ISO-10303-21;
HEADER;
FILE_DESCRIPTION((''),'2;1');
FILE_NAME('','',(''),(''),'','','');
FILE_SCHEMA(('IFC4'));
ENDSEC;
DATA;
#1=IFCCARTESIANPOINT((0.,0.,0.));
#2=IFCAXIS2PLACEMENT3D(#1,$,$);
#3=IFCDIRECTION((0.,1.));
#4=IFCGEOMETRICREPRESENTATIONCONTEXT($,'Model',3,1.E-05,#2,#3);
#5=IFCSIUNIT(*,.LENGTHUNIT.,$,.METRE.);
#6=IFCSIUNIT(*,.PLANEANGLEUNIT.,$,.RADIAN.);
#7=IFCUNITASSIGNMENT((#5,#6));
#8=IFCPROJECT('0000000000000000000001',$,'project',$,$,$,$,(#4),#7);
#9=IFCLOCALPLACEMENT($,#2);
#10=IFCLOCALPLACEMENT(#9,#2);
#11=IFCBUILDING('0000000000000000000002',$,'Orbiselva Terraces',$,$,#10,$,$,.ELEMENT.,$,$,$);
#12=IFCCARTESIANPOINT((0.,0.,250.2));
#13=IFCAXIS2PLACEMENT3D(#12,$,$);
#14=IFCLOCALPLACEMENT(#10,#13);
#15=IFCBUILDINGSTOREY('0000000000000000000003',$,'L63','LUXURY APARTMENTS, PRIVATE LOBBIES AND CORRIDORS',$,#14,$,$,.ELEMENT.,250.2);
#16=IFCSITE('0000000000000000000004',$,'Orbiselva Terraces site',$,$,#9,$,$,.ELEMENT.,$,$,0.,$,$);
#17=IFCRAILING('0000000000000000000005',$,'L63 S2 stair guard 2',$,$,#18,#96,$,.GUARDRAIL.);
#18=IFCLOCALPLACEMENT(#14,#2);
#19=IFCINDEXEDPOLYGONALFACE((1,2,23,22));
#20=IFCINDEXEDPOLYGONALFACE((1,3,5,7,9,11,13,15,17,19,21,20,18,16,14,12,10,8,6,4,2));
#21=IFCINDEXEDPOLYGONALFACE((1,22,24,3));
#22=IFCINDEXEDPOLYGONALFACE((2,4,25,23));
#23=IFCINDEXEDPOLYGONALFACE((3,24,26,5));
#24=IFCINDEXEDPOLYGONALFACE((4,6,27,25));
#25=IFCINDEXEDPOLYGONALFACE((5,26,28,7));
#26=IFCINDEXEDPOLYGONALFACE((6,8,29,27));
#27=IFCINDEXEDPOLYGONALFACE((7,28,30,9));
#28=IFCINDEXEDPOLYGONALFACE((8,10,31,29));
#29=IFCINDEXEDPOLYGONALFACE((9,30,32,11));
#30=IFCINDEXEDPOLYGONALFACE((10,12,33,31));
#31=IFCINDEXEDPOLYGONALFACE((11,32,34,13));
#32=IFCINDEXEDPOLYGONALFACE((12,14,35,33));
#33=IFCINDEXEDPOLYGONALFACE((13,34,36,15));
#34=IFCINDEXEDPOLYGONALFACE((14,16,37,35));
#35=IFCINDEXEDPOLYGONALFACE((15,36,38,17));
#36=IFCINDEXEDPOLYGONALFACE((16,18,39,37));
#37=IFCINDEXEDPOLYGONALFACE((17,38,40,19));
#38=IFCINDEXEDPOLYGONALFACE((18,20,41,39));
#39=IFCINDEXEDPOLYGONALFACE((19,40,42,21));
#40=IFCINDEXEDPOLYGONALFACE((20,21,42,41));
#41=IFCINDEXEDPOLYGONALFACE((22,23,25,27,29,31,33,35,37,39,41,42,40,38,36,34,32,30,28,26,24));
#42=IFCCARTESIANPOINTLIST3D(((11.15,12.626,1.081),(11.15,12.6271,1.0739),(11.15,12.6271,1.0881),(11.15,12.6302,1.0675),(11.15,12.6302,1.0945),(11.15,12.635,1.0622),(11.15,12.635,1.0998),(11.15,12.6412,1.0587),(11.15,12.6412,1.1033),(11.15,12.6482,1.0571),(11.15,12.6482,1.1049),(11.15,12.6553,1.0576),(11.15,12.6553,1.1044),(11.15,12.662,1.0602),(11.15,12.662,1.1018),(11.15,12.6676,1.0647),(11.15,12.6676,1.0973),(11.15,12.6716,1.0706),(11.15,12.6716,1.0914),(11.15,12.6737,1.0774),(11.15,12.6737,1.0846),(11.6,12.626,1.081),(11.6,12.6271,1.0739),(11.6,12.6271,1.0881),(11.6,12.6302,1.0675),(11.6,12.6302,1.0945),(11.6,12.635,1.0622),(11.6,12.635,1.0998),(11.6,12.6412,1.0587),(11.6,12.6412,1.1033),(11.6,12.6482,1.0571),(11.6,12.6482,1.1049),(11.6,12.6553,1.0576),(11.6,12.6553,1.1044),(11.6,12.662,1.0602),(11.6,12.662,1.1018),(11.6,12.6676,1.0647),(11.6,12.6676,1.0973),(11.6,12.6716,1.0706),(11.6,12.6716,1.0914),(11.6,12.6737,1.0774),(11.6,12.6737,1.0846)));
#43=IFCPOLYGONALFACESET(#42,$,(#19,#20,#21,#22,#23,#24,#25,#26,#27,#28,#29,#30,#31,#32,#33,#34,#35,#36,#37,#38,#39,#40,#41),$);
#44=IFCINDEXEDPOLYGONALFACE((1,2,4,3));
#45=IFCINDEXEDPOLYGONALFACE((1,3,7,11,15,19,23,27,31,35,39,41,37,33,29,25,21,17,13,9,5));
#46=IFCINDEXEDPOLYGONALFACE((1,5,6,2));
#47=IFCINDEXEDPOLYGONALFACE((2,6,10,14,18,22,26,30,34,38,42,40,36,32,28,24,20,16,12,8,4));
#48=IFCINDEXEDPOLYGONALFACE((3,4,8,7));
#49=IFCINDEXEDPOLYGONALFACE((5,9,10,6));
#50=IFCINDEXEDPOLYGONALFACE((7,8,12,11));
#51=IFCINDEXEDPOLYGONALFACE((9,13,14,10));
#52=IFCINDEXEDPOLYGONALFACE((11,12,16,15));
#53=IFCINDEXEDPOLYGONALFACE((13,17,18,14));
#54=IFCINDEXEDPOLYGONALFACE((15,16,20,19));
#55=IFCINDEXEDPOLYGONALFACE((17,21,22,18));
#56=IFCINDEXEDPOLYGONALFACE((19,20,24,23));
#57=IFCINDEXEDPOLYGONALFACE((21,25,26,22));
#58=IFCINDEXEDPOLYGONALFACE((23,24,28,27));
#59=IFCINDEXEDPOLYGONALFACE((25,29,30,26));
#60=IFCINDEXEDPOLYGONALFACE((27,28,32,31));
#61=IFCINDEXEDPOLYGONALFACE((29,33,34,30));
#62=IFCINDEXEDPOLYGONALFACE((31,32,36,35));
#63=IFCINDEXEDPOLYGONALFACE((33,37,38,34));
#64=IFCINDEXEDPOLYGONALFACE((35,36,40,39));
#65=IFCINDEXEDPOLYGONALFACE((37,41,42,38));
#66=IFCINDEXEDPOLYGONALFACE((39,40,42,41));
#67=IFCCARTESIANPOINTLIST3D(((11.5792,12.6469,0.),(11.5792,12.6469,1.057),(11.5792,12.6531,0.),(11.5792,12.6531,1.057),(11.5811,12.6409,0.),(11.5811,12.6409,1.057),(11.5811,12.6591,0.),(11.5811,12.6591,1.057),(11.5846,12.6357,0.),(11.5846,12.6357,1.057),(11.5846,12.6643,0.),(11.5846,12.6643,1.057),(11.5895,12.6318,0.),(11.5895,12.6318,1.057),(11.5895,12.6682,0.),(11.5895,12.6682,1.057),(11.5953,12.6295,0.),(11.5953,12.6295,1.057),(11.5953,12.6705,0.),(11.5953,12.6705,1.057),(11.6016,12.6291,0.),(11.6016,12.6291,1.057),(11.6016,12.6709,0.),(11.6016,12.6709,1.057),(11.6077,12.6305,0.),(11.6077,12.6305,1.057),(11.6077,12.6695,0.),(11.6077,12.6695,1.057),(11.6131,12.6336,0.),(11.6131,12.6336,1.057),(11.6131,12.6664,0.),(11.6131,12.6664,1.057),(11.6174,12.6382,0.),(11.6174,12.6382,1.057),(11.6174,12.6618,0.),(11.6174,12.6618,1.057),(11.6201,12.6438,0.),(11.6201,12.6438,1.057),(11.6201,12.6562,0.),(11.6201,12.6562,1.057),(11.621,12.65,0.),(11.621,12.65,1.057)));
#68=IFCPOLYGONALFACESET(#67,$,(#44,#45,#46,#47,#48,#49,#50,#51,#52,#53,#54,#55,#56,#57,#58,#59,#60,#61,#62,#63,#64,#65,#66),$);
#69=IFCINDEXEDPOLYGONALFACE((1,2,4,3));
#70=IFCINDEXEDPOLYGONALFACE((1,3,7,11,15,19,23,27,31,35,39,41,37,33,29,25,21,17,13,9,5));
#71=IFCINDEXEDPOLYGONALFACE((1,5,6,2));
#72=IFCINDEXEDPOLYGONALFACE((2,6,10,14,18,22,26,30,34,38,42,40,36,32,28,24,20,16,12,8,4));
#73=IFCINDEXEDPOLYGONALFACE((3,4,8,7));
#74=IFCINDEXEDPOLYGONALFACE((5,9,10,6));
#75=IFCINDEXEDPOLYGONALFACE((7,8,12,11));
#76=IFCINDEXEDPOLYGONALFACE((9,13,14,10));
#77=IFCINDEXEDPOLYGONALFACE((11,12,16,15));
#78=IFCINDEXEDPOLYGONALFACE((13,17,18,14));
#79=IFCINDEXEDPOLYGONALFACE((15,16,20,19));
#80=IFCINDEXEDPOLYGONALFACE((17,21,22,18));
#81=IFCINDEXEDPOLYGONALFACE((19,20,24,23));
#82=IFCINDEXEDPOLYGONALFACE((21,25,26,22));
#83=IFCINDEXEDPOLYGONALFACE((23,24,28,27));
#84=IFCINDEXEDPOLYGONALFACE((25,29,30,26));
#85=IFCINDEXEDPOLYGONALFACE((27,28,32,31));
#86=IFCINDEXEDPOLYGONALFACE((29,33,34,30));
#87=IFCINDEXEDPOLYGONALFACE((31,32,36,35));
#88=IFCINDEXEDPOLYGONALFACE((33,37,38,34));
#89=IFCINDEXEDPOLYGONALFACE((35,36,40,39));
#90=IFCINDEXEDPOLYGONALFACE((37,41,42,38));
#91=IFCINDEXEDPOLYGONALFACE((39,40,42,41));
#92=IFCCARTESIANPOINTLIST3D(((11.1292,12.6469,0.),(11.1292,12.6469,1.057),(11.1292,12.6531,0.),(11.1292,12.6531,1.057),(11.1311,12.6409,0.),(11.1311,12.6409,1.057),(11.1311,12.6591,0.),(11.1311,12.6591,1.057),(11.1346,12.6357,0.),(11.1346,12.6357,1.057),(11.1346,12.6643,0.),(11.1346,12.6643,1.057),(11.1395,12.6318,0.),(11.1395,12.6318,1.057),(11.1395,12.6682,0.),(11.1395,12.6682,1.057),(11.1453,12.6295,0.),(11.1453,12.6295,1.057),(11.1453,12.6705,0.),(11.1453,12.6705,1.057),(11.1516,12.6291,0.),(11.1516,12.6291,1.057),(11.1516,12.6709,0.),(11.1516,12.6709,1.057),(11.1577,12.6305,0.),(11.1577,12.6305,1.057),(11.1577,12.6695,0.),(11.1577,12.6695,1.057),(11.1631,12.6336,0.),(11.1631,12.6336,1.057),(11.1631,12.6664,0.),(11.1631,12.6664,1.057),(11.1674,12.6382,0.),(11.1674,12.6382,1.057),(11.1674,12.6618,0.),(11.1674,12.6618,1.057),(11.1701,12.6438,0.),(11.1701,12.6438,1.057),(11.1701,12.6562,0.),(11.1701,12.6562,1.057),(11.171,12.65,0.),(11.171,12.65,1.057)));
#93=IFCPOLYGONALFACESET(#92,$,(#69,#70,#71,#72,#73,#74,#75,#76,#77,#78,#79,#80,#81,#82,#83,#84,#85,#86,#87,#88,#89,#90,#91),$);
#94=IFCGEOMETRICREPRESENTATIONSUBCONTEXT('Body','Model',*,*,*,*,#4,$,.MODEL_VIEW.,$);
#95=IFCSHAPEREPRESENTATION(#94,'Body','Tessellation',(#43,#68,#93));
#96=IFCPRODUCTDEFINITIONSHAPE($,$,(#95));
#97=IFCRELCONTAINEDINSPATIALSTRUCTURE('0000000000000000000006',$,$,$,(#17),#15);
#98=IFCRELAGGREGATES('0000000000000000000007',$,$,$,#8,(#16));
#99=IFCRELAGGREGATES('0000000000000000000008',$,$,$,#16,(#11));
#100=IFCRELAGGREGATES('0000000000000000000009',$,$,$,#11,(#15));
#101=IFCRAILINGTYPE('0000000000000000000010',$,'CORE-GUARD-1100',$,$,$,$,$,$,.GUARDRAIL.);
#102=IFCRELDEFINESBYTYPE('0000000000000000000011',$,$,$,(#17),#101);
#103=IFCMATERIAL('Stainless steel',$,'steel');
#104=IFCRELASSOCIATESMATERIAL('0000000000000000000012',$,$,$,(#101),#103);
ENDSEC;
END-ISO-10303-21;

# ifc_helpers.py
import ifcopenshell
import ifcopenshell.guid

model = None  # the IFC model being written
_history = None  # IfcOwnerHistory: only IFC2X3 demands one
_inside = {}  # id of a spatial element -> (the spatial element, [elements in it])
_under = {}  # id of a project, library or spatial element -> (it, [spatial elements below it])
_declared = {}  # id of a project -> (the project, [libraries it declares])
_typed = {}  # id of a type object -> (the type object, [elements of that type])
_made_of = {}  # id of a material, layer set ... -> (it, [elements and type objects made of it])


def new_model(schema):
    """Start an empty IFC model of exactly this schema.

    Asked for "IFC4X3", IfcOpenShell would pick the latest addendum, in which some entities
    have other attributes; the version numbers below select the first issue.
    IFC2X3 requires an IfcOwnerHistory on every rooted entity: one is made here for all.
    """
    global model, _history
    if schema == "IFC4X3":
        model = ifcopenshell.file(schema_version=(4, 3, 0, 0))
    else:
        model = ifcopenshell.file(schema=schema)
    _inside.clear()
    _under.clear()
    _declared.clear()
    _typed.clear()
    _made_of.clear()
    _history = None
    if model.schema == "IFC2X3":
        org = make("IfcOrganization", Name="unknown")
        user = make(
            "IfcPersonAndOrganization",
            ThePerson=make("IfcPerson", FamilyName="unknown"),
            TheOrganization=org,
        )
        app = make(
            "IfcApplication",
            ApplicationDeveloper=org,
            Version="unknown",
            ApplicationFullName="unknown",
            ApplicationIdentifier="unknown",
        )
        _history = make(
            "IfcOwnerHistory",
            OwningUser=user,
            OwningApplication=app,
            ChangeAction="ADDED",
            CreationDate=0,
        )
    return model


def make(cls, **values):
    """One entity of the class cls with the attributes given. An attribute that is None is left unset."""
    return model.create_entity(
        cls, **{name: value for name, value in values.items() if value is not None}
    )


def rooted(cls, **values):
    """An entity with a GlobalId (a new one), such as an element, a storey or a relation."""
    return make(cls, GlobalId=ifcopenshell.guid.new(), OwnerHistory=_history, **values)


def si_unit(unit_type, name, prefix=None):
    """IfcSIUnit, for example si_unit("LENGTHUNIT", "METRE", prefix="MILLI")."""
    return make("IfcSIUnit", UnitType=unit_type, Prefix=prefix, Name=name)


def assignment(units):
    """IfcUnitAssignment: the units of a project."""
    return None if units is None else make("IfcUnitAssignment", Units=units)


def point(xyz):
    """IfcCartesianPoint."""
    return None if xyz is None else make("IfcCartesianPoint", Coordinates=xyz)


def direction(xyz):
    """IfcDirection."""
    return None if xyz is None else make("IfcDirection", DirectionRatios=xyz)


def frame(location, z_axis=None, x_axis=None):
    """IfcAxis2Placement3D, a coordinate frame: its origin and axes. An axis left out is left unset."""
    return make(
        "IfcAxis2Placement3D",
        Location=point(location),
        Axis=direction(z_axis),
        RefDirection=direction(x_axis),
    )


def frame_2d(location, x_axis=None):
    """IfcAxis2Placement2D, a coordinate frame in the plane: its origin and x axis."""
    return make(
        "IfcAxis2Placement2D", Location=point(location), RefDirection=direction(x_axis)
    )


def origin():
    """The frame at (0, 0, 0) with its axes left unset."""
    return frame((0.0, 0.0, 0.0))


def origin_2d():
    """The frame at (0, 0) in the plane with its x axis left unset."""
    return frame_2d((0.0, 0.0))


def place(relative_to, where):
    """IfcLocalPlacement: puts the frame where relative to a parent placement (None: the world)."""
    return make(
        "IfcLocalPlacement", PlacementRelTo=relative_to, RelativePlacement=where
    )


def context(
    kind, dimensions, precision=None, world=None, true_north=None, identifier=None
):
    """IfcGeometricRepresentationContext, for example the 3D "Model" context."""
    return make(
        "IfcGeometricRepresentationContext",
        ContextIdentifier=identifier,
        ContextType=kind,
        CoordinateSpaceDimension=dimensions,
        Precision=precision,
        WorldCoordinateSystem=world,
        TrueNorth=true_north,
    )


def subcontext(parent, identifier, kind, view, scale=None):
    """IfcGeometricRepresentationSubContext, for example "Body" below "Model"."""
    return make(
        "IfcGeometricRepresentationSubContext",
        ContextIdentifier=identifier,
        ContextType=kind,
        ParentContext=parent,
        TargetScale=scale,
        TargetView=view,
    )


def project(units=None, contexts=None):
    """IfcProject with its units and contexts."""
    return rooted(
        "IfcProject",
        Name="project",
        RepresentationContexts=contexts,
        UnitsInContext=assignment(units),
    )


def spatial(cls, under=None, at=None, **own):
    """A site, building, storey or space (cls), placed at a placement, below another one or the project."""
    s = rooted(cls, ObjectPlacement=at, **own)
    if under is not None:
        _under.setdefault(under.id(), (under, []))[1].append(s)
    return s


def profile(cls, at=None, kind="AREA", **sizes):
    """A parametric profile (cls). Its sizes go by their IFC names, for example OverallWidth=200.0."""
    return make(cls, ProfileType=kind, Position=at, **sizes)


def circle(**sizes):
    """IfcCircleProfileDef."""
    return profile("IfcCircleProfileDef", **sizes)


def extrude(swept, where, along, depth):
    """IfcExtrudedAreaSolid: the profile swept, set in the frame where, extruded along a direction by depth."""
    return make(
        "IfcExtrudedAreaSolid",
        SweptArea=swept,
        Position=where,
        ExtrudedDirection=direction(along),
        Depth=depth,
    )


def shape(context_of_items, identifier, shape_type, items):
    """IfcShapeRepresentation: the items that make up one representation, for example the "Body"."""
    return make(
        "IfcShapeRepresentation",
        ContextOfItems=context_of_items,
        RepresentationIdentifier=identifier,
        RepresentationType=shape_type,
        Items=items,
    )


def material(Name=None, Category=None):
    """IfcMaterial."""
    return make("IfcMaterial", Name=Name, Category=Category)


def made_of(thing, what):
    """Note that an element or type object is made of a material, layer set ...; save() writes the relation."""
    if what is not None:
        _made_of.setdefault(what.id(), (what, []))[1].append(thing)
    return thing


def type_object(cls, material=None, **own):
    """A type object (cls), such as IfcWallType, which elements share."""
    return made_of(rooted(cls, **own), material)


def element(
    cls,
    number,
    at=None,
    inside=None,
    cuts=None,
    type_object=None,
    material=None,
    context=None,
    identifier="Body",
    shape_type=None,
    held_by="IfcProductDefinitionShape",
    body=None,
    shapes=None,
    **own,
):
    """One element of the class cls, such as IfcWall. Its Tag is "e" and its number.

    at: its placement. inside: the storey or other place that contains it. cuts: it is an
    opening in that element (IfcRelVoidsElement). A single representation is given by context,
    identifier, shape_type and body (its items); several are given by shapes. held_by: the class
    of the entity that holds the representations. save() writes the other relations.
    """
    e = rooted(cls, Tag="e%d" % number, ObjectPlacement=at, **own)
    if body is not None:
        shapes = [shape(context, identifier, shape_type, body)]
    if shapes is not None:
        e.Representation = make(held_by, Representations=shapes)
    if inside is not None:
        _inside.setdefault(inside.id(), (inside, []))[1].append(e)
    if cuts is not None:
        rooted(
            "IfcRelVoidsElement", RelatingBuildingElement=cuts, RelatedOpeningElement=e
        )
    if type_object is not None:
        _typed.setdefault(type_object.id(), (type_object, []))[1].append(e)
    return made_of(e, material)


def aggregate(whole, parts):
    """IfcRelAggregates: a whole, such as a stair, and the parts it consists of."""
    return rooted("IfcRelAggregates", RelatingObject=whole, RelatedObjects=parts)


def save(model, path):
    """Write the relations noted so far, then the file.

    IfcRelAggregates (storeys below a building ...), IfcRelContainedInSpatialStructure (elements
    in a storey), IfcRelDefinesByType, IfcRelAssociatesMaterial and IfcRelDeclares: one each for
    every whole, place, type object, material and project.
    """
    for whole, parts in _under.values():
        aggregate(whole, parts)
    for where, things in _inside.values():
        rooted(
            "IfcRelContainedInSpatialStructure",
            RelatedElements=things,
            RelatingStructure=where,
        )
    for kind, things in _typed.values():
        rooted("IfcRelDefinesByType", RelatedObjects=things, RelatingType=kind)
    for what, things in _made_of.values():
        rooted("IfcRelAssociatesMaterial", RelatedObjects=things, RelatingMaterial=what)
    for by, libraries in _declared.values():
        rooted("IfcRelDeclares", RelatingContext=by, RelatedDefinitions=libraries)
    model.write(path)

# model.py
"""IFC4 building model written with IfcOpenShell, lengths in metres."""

from ifc_helpers import new_model, si_unit, direction, frame, origin, origin_2d, place, context, subcontext, project, spatial, circle, extrude, material, type_object, element, save


model = new_model("IFC4")

# Units and contexts
model_context = context("Model", 3, precision=1e-05, world=origin(), true_north=direction((0.0, 1.0)))
body_context = subcontext(model_context, "Body", "Model", "MODEL_VIEW")
ifc_project = project(units=[si_unit("LENGTHUNIT", "METRE"), si_unit("PLANEANGLEUNIT", "RADIAN")], contexts=[model_context])

# Site, building, storey
site_placement = place(None, origin())
site = spatial("IfcSite", under=ifc_project, at=site_placement, Name="Orbiselva Terraces site", CompositionType="ELEMENT", RefElevation=0.0)
building_placement = place(site_placement, origin())
building = spatial("IfcBuilding", under=site, at=building_placement, Name="Orbiselva Terraces", CompositionType="ELEMENT")
storey_placement = place(building_placement, frame((0.0, 0.0, 250.2)))
storey = spatial("IfcBuildingStorey", under=building, at=storey_placement, Name="L63", Description="LUXURY APARTMENTS, PRIVATE LOBBIES AND CORRIDORS", CompositionType="ELEMENT", Elevation=250.2)

# Railing
ifc_material_1 = material(Name="Stainless steel", Category="steel")
railing_type = type_object("IfcRailingType", Name="CORE-GUARD-1100", PredefinedType="GUARDRAIL", material=ifc_material_1)
railing_1_placement = place(storey_placement, frame((11.6, 12.65, 0.0)))
element("IfcRailing", 1, at=railing_1_placement, inside=storey, type_object=railing_type, Name="L63 S2 stair guard 2", PredefinedType="GUARDRAIL", context=body_context, shape_type="SweptSolid", body=[
    extrude(circle(Radius=0.024, at=origin_2d()), frame((0.0, 0.0, 1.081), z_axis=(-1.0, 0.0, 0.0), x_axis=(0.0, -1.0, 0.0)), (0.0, 0.0, 1.0), 0.45),
    extrude(circle(Radius=0.021, at=origin_2d()), origin(), (0.0, 0.0, 1.0), 1.057),
    extrude(circle(Radius=0.021, at=origin_2d()), frame((-0.45, 0.0, 0.0)), (0.0, 0.0, 1.0), 1.057),
])

save(model, "model.ifc")
